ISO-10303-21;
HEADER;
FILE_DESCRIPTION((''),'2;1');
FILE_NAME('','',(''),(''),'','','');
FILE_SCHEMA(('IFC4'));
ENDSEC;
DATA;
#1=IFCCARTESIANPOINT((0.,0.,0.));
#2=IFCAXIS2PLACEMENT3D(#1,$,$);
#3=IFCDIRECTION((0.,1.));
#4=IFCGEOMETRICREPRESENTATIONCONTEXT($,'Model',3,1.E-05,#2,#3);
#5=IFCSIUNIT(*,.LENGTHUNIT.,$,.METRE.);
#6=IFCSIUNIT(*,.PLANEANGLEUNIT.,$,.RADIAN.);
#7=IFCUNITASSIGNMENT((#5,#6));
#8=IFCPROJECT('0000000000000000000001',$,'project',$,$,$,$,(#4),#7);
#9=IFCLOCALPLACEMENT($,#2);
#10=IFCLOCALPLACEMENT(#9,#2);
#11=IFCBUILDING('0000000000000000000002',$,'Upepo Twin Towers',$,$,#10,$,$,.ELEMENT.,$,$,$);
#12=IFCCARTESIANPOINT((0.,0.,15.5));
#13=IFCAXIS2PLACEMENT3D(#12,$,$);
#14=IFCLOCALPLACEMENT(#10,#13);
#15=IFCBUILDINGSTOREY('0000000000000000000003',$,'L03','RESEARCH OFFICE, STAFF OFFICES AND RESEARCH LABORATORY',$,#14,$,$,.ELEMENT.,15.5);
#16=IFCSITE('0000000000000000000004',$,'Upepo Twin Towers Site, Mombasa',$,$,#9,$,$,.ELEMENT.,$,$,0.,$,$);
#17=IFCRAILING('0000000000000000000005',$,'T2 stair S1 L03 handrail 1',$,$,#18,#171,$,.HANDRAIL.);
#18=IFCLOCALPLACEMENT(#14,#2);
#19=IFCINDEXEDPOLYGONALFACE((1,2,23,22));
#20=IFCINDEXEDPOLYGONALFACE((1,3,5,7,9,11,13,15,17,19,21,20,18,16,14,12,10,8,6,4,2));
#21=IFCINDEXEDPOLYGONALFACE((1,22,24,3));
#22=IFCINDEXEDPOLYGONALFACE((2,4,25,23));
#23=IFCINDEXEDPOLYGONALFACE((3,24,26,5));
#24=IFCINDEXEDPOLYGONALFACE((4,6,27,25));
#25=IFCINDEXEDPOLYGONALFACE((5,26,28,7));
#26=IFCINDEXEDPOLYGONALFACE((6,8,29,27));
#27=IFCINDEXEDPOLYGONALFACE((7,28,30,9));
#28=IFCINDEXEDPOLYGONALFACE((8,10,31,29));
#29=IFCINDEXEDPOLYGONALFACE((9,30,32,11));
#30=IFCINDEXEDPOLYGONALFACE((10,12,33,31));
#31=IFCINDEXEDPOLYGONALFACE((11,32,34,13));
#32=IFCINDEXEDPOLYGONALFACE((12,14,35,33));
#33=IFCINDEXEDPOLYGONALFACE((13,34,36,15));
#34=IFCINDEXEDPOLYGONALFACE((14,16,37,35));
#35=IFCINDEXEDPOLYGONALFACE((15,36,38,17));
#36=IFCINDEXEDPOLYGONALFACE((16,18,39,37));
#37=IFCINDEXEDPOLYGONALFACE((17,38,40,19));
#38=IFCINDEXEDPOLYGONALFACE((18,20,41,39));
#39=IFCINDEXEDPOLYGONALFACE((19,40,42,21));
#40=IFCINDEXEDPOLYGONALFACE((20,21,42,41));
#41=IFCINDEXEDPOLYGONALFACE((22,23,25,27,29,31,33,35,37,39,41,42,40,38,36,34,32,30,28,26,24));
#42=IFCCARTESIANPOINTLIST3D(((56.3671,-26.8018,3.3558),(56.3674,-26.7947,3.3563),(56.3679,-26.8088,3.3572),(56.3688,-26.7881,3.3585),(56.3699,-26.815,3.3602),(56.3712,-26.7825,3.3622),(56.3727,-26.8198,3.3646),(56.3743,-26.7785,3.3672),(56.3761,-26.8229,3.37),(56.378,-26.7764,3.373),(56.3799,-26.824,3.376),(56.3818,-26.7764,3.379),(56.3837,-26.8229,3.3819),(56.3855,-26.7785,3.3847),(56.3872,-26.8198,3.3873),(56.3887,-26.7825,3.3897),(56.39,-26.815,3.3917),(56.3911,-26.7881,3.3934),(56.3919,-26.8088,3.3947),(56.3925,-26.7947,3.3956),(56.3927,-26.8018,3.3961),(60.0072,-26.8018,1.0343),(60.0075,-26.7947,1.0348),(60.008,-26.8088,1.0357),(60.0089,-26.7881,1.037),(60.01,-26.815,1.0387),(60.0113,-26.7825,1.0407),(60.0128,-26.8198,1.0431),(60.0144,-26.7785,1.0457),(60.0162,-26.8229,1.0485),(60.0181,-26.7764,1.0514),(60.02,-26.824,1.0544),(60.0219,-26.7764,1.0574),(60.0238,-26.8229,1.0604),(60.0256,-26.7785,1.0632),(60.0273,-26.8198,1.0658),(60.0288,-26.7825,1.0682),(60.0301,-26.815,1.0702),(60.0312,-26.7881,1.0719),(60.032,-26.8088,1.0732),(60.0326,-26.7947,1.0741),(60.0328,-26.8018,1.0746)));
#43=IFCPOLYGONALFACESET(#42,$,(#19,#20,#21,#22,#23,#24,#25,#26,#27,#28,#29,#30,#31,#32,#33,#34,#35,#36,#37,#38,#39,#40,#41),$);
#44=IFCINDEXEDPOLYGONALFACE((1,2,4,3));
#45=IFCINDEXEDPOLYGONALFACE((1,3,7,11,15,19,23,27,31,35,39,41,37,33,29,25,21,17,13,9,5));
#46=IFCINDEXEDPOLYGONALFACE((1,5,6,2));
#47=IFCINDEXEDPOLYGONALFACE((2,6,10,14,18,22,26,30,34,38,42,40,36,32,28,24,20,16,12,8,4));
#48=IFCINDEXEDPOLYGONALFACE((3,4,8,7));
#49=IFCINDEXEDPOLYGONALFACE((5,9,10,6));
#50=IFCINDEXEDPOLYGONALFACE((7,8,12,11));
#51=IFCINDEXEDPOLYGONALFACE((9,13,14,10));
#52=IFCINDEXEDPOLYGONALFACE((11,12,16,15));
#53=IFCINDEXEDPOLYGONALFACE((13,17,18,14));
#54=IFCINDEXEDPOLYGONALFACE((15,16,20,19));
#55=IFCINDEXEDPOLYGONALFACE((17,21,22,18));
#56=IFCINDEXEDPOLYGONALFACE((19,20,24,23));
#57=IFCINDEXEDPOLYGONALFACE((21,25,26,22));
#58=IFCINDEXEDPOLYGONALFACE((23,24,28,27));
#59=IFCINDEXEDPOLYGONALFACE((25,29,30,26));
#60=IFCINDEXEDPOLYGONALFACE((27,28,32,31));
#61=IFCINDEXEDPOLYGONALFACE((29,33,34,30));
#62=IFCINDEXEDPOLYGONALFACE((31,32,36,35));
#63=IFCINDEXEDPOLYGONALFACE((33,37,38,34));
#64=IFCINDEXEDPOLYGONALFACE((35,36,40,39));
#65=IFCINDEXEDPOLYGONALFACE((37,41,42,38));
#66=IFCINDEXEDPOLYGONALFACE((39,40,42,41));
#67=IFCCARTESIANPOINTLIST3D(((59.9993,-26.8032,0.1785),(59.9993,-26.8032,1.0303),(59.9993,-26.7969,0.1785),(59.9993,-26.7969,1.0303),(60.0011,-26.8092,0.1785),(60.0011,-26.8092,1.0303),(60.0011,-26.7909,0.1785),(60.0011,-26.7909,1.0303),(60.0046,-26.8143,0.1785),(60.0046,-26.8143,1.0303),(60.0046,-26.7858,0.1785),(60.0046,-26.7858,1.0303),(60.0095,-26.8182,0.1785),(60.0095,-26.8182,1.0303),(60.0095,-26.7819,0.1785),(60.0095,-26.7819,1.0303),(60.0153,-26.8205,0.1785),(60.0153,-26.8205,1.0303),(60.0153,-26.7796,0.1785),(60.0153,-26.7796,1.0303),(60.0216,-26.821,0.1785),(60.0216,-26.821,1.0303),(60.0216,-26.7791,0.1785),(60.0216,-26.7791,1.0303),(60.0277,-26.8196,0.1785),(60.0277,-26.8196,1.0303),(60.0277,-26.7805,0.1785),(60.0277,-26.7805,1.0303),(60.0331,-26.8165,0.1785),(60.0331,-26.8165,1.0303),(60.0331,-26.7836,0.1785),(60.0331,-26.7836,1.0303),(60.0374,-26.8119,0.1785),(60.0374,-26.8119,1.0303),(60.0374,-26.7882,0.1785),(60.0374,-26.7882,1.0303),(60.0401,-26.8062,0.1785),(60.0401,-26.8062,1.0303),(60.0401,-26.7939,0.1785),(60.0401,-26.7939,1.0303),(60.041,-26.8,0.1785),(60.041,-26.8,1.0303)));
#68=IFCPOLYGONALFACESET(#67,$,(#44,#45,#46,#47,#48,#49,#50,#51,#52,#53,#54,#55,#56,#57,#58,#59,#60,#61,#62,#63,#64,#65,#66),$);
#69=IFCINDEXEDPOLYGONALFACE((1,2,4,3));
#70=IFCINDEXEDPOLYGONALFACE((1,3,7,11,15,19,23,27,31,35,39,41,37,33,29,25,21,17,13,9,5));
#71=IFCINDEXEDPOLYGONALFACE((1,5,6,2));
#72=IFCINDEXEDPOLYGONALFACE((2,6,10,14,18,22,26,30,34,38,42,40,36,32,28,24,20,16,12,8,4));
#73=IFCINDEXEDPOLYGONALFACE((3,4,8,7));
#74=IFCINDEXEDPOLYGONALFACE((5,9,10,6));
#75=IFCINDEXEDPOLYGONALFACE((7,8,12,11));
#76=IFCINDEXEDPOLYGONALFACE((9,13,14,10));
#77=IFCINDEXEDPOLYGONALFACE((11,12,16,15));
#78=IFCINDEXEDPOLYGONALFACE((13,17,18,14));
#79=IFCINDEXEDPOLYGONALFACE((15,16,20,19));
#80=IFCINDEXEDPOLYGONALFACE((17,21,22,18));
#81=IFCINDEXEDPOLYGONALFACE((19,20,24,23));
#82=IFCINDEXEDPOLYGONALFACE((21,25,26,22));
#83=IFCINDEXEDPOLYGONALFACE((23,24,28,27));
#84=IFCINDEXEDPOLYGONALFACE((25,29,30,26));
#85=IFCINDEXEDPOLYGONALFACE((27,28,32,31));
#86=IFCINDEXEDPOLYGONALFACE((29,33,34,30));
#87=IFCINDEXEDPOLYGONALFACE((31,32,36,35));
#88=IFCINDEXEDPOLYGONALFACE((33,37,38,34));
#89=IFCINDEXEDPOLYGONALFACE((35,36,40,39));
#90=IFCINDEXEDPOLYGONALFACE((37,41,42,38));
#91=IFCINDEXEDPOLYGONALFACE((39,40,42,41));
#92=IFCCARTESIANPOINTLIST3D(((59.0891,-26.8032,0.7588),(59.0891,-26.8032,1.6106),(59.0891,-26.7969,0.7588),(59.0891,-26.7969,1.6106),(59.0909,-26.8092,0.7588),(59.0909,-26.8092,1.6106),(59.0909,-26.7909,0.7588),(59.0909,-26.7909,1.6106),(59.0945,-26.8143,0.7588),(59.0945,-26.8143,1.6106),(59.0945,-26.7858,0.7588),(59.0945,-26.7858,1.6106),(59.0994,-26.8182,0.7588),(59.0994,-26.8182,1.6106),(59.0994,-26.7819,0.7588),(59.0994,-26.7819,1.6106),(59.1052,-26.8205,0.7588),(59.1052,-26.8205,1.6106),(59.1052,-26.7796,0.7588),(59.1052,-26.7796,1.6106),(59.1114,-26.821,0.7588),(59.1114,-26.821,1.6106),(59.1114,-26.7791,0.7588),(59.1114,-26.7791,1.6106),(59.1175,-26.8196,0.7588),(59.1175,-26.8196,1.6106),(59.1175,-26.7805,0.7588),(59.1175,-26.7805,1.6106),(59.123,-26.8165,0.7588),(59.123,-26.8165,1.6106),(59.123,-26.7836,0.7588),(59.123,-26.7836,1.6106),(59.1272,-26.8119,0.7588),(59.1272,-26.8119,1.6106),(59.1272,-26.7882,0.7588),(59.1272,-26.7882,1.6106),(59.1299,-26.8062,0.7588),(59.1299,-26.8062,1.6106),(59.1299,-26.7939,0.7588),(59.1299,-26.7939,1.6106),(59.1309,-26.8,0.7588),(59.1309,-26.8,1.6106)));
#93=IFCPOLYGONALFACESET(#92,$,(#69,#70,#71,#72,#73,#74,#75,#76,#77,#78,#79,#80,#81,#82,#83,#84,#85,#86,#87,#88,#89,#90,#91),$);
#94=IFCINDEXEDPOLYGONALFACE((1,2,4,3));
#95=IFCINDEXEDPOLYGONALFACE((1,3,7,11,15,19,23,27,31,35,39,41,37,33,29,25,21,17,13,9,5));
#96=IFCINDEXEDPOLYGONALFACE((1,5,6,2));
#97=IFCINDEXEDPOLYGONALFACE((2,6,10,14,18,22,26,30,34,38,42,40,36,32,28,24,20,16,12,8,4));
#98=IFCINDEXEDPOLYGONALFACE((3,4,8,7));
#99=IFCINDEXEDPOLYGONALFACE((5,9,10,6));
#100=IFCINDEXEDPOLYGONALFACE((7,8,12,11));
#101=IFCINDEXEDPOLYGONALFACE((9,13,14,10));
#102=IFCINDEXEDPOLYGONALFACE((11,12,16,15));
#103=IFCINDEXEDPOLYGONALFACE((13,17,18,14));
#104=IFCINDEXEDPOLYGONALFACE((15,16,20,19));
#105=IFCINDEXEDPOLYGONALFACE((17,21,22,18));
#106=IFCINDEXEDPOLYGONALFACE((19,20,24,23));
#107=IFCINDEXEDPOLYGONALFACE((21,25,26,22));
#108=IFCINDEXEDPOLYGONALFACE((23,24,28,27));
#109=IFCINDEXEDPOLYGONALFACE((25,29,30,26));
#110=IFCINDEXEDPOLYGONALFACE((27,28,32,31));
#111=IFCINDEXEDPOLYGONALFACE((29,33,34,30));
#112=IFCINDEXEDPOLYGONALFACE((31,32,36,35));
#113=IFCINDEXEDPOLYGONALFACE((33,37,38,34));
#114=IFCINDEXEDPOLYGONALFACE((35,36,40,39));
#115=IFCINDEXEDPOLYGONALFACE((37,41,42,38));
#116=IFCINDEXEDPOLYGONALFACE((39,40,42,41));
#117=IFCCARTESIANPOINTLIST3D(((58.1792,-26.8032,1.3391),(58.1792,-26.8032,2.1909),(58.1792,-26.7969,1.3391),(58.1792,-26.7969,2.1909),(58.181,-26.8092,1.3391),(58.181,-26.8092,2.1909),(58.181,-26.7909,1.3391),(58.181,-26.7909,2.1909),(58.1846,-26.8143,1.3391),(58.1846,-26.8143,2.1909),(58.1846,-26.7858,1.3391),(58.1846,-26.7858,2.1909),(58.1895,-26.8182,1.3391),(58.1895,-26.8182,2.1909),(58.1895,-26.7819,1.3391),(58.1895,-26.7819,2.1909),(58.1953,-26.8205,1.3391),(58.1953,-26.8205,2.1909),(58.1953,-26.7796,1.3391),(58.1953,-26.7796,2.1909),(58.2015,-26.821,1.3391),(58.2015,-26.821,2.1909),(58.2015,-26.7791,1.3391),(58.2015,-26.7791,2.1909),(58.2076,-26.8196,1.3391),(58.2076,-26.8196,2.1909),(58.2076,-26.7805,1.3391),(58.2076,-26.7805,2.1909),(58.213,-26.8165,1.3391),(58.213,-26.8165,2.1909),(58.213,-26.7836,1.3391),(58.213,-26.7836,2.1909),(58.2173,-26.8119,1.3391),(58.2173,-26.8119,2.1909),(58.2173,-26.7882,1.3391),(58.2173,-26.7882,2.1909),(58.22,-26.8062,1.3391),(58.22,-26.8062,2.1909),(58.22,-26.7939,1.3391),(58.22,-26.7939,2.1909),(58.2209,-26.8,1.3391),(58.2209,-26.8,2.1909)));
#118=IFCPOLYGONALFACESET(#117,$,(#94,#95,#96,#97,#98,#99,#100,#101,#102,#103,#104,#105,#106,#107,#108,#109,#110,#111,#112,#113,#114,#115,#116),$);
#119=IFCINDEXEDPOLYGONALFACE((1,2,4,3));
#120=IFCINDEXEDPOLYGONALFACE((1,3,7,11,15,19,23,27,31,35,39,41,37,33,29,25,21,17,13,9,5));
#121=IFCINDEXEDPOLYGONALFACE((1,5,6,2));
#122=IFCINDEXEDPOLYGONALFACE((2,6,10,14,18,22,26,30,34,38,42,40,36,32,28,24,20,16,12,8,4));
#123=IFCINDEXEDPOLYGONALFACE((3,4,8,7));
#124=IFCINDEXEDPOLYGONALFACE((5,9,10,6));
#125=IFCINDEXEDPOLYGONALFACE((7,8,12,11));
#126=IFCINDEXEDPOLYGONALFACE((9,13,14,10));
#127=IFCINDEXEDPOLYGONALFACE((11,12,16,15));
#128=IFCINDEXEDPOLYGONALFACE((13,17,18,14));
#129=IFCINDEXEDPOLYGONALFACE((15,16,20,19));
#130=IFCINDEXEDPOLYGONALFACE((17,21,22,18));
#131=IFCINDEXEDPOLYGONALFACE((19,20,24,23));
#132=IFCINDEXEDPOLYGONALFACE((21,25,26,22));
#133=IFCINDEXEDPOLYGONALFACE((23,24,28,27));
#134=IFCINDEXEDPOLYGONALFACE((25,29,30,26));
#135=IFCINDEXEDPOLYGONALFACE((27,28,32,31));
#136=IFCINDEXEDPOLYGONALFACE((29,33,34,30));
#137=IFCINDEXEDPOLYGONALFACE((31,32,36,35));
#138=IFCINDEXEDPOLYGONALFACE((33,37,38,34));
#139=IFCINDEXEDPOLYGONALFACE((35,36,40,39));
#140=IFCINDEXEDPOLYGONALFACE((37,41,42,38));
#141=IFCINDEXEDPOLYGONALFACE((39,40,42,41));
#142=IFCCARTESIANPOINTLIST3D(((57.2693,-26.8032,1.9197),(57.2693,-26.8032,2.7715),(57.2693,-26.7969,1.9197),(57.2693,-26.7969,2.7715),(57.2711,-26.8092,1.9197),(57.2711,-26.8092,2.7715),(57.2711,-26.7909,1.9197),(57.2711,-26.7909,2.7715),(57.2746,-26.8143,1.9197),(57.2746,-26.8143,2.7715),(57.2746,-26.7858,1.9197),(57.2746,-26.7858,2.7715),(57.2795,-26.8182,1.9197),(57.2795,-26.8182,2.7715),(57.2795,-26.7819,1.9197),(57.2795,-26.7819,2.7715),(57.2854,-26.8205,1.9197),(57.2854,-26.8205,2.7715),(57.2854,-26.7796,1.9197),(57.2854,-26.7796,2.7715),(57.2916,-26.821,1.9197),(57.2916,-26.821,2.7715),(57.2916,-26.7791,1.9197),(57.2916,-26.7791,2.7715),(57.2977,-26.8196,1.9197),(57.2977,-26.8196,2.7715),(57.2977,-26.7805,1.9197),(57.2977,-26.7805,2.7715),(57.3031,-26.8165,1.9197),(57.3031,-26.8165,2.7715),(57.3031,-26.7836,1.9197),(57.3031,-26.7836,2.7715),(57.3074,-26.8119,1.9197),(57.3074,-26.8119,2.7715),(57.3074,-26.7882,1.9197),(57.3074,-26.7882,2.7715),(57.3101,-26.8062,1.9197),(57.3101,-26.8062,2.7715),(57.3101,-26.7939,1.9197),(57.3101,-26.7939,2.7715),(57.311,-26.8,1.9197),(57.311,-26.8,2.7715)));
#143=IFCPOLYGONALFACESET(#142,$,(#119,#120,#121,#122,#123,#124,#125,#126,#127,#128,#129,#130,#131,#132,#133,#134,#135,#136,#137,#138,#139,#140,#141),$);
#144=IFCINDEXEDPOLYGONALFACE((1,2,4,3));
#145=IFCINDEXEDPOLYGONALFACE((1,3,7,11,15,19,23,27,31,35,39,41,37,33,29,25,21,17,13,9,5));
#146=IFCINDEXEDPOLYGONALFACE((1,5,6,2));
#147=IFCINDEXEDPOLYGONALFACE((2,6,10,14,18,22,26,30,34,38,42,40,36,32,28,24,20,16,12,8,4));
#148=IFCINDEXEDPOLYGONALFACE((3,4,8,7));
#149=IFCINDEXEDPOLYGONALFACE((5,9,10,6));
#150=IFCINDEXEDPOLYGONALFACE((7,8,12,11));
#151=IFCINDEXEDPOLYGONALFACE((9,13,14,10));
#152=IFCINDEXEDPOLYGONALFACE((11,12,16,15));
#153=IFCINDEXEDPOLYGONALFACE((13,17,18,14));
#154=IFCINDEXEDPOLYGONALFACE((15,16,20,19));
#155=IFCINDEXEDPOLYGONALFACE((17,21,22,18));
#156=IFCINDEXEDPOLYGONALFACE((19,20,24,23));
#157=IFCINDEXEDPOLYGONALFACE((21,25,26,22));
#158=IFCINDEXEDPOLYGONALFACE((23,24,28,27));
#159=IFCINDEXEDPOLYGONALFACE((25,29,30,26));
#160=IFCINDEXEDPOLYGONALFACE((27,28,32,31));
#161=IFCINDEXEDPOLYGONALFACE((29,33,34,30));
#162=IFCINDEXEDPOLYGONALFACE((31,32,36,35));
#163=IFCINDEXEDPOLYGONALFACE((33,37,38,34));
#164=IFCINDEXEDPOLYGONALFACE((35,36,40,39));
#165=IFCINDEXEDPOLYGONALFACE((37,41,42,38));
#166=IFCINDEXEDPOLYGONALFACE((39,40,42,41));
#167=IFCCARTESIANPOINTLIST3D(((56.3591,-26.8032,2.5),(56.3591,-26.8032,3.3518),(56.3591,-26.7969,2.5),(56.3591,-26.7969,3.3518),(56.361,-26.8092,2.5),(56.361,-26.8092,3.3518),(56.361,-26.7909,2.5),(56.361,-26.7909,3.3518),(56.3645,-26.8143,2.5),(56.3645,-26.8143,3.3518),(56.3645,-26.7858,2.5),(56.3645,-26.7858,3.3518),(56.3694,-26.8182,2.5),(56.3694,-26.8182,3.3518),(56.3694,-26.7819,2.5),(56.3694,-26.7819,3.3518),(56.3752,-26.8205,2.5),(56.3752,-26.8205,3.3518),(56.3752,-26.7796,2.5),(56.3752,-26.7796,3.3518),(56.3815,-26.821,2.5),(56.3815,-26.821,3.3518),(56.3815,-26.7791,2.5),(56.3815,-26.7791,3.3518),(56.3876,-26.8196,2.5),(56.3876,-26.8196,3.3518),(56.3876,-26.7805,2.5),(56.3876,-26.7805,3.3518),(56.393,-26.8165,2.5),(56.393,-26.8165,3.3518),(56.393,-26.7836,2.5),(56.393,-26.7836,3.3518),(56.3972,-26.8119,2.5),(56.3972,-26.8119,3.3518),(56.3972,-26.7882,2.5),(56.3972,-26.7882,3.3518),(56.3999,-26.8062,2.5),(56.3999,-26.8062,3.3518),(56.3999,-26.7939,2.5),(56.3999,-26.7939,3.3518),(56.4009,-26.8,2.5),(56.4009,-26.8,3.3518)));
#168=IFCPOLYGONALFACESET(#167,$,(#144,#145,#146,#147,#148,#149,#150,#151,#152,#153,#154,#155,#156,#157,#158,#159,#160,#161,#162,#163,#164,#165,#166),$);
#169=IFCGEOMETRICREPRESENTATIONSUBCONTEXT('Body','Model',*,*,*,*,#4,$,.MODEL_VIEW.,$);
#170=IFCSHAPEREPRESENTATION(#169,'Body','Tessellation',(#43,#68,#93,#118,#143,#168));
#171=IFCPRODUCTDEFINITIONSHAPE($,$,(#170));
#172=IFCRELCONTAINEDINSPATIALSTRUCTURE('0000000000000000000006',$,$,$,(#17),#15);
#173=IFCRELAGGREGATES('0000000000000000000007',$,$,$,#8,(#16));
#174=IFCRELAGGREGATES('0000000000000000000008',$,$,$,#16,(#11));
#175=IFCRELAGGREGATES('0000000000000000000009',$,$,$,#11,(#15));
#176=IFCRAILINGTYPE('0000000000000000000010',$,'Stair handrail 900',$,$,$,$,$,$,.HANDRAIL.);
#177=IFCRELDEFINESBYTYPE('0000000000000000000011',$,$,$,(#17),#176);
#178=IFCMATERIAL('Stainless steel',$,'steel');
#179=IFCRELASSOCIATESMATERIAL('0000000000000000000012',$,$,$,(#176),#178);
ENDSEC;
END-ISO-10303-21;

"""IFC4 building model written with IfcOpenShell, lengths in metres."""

from ifc_helpers import new_model, si_unit, direction, frame, origin, origin_2d, place, context, subcontext, project, spatial, circle, extrude, material, type_object, element, save


model = new_model("IFC4")

# Units and contexts
model_context = context("Model", 3, precision=1e-05, world=origin(), true_north=direction((0.0, 1.0)))
body_context = subcontext(model_context, "Body", "Model", "MODEL_VIEW")
ifc_project = project(units=[si_unit("LENGTHUNIT", "METRE"), si_unit("PLANEANGLEUNIT", "RADIAN")], contexts=[model_context])

# Site, building, storey
site_placement = place(None, origin())
site = spatial("IfcSite", under=ifc_project, at=site_placement, Name="Upepo Twin Towers Site, Mombasa", CompositionType="ELEMENT", RefElevation=0.0)
building_placement = place(site_placement, origin())
building = spatial("IfcBuilding", under=site, at=building_placement, Name="Upepo Twin Towers", CompositionType="ELEMENT")
storey_placement = place(building_placement, frame((0.0, 0.0, 15.5)))
storey = spatial("IfcBuildingStorey", under=building, at=storey_placement, Name="L03", Description="RESEARCH OFFICE, STAFF OFFICES AND RESEARCH LABORATORY", CompositionType="ELEMENT", Elevation=15.5)

# Railing
ifc_material_1 = material(Name="Stainless steel", Category="steel")
railing_type = type_object("IfcRailingType", Name="Stair handrail 900", PredefinedType="HANDRAIL", material=ifc_material_1)
railing_1_placement = place(storey_placement, frame((60.02, -26.8, 0.1785)))
element("IfcRailing", 1, at=railing_1_placement, inside=storey, type_object=railing_type, Name="T2 stair S1 L03 handrail 1", PredefinedType="HANDRAIL", context=body_context, shape_type="SweptSolid", body=[
    extrude(circle(Radius=0.0239, at=origin_2d()), frame((0.0, 0.0, 0.876), z_axis=(-0.843128, 0.0, 0.537713), x_axis=(0.0, -1.0, 0.0)), (0.0, 0.0, 1.0), 4.3174),
    extrude(circle(Radius=0.021, at=origin_2d()), origin(), (0.0, 0.0, 1.0), 0.8518),
    extrude(circle(Radius=0.021, at=origin_2d()), frame((-0.9102, 0.0, 0.5803)), (0.0, 0.0, 1.0), 0.8518),
    extrude(circle(Radius=0.021, at=origin_2d()), frame((-1.8201, 0.0, 1.1606)), (0.0, 0.0, 1.0), 0.8518),
    extrude(circle(Radius=0.021, at=origin_2d()), frame((-2.73, 0.0, 1.7412)), (0.0, 0.0, 1.0), 0.8518),
    extrude(circle(Radius=0.021, at=origin_2d()), frame((-3.6401, 0.0, 2.3215)), (0.0, 0.0, 1.0), 0.8518),
])

save(model, "model.ifc")
